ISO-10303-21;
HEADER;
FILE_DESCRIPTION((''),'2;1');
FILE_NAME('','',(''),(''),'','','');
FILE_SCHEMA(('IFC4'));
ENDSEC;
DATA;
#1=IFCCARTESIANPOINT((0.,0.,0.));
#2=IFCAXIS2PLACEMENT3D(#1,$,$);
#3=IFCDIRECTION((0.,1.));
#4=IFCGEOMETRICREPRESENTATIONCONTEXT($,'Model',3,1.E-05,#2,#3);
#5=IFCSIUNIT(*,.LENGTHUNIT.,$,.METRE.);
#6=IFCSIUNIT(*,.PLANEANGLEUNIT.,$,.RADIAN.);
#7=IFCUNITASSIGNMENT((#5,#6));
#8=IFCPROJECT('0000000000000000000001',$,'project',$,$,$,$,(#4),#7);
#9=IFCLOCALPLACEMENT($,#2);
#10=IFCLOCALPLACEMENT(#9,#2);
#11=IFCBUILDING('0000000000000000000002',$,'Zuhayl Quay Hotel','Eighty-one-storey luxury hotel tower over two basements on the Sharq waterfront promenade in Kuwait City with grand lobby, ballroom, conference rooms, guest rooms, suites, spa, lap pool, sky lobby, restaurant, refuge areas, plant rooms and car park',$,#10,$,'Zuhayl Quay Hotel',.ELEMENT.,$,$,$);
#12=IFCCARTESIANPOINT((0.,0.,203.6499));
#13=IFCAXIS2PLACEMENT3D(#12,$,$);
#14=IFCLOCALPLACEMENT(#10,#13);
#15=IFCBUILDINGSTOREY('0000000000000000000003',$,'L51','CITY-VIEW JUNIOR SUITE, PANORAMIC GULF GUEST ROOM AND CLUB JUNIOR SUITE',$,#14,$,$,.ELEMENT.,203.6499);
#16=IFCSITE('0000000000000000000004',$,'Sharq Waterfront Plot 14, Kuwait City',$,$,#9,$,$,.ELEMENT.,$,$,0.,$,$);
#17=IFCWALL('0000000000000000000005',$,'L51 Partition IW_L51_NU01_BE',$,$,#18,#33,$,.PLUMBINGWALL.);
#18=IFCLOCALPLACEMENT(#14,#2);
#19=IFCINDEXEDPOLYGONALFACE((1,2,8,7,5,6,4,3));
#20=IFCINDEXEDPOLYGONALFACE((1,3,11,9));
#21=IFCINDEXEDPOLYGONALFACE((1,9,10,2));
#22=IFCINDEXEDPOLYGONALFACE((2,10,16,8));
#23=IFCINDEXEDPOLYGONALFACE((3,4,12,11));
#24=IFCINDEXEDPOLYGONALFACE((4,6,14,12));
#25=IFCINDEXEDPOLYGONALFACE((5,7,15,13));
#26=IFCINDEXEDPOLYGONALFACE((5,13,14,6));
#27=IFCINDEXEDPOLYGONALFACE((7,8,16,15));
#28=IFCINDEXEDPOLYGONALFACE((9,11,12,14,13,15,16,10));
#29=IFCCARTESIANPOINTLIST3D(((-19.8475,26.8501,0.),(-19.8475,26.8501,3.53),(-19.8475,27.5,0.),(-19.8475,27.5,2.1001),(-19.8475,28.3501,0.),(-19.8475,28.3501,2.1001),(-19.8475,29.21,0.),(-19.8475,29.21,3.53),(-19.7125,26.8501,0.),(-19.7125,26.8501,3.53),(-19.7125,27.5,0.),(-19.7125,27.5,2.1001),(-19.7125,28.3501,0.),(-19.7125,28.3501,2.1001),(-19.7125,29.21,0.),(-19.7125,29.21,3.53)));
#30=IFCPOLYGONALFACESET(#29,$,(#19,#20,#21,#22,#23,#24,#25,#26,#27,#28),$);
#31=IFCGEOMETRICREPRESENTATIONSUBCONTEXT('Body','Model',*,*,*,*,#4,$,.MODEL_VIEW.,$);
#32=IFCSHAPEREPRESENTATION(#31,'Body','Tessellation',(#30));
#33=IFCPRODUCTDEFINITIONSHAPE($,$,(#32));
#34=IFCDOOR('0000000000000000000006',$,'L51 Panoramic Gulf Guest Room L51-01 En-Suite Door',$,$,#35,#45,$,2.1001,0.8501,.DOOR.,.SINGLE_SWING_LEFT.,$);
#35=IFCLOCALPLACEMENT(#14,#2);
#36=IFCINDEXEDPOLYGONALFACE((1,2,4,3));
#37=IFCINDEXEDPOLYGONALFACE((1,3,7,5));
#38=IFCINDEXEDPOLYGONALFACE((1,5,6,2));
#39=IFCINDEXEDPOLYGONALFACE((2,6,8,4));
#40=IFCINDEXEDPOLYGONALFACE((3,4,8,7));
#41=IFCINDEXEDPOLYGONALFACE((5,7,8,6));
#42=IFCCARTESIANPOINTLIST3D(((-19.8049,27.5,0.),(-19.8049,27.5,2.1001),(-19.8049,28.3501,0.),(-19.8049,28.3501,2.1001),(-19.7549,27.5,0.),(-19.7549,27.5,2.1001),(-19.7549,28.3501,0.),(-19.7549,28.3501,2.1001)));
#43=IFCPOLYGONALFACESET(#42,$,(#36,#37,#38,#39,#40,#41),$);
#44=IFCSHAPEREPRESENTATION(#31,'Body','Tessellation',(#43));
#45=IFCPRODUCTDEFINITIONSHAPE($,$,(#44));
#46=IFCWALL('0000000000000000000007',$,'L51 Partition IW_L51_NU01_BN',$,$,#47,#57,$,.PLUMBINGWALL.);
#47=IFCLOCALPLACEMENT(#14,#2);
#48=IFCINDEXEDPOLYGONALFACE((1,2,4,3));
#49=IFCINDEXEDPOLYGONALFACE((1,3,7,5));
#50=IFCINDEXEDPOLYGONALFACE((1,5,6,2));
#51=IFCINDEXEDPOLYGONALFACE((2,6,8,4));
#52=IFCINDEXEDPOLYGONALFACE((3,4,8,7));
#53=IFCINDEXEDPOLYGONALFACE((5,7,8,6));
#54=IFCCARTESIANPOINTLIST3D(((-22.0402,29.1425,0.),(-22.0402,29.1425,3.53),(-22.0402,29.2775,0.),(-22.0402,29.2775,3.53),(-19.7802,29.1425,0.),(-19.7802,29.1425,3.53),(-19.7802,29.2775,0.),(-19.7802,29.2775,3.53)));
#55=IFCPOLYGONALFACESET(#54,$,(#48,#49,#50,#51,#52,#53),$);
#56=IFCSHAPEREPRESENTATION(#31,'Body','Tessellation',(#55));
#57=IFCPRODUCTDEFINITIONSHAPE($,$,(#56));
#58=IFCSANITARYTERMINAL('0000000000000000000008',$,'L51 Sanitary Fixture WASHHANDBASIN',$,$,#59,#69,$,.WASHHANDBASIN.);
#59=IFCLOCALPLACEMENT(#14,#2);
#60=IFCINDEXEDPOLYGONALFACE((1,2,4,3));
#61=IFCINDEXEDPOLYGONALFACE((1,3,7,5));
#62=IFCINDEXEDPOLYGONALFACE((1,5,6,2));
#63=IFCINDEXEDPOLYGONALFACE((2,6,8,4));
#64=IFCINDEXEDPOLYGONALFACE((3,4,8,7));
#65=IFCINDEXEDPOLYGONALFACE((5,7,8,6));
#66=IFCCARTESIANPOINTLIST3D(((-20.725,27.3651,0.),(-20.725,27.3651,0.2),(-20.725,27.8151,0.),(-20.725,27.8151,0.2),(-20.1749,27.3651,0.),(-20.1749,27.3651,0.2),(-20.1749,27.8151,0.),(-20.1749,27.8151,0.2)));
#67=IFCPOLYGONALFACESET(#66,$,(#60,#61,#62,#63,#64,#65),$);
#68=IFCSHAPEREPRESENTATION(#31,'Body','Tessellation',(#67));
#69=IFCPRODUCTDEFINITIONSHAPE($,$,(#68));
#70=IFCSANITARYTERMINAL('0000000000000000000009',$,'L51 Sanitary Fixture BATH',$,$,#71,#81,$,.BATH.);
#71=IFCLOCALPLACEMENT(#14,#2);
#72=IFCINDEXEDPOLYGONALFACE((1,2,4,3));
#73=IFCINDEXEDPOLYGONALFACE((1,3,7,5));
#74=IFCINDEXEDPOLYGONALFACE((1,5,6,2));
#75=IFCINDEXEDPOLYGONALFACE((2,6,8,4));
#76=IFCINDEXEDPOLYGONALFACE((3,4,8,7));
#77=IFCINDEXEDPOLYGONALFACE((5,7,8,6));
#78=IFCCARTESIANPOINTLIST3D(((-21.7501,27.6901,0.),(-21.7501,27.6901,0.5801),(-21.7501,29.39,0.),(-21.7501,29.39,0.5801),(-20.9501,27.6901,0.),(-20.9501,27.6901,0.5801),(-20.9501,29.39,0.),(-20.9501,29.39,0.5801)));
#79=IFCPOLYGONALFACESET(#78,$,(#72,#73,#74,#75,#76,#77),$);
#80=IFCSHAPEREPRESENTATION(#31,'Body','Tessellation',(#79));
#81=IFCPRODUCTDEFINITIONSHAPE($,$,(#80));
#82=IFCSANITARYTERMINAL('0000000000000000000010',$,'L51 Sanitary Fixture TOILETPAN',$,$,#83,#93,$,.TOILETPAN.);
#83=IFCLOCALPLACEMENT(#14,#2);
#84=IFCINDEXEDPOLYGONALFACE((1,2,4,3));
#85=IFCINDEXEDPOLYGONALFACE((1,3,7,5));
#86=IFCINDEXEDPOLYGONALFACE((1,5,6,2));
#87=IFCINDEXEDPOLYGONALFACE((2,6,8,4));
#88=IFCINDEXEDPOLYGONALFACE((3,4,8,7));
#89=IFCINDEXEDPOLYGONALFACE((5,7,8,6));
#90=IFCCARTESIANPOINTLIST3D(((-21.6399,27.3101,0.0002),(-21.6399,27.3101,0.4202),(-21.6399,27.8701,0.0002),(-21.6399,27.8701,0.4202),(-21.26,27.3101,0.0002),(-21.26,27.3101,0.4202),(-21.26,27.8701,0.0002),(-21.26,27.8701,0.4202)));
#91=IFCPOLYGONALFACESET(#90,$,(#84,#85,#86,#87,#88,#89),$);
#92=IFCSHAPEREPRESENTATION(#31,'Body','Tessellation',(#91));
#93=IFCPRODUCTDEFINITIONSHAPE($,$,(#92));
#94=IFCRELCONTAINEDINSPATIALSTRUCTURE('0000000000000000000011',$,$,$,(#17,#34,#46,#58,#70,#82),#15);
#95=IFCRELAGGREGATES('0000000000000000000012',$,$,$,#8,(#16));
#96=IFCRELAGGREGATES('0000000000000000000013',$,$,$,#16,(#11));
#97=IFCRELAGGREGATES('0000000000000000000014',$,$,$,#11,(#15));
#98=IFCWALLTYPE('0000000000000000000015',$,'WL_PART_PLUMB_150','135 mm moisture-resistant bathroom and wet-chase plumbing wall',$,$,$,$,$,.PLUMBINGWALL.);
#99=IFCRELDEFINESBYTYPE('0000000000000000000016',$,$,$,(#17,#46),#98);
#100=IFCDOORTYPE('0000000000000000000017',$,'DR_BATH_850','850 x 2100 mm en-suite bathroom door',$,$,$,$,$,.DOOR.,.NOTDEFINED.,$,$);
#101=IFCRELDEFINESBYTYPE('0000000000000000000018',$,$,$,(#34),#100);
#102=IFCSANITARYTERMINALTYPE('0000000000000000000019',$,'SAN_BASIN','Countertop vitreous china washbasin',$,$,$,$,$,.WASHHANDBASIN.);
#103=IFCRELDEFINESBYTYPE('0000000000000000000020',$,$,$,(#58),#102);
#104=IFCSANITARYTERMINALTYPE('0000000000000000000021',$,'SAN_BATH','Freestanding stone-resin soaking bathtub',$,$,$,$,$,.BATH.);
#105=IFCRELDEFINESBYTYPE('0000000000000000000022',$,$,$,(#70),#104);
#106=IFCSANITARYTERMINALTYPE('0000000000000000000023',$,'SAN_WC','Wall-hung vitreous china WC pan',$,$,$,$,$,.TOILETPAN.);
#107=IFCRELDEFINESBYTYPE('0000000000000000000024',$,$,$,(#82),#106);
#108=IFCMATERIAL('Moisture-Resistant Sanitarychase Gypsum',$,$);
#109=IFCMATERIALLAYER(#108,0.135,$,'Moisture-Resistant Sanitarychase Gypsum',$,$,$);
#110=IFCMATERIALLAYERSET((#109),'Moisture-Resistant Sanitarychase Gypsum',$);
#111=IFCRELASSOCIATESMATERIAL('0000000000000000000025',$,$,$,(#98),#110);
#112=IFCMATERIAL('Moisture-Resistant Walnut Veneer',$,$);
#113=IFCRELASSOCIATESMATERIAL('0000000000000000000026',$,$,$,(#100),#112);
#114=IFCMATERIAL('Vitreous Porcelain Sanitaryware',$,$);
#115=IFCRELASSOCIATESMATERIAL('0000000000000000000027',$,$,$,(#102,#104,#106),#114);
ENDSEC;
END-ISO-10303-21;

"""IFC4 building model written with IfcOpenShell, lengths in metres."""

from ifc_helpers import new_model, si_unit, direction, frame, frame_2d, origin, origin_2d, place, context, subcontext, project, spatial, rectangle, extrude, material, layer, layer_set, type_object, element, fill, save


model = new_model("IFC4")

# Units and contexts
model_context = context("Model", 3, precision=1e-05, world=origin(), true_north=direction((0.0, 1.0)))
body_context = subcontext(model_context, "Body", "Model", "MODEL_VIEW")
ifc_project = project(units=[si_unit("LENGTHUNIT", "METRE"), si_unit("PLANEANGLEUNIT", "RADIAN")], contexts=[model_context])

# Site, building, storey
site_placement = place(None, origin())
site = spatial("IfcSite", under=ifc_project, at=site_placement, Name="Sharq Waterfront Plot 14, Kuwait City", CompositionType="ELEMENT", RefElevation=0.0)
building_placement = place(site_placement, origin())
building = spatial("IfcBuilding", under=site, at=building_placement, Name="Zuhayl Quay Hotel", Description="Eighty-one-storey luxury hotel tower over two basements on the Sharq waterfront promenade in Kuwait City with grand lobby, ballroom, conference rooms, guest rooms, suites, spa, lap pool, sky lobby, restaurant, refuge areas, plant rooms and car park", LongName="Zuhayl Quay Hotel", CompositionType="ELEMENT")
storey_placement = place(building_placement, frame((0.0, 0.0, 203.6499)))
storey = spatial("IfcBuildingStorey", under=building, at=storey_placement, Name="L51", Description="CITY-VIEW JUNIOR SUITE, PANORAMIC GULF GUEST ROOM AND CLUB JUNIOR SUITE", CompositionType="ELEMENT", Elevation=203.6499)

# Wall, opening, door
ifc_material_1 = material(Name="Moisture-Resistant Sanitarychase Gypsum")
ifc_layer_1 = layer(ifc_material_1, 0.135, Name="Moisture-Resistant Sanitarychase Gypsum")
ifc_layer_set_1 = layer_set([ifc_layer_1], Name="Moisture-Resistant Sanitarychase Gypsum")
wall_type_1 = type_object("IfcWallType", Name="WL_PART_PLUMB_150", Description="135 mm moisture-resistant bathroom and wet-chase plumbing wall", PredefinedType="PLUMBINGWALL", material=ifc_layer_set_1)
wall_1_placement = place(storey_placement, frame((-19.78, 26.8501, 0.0), z_axis=(0.0, 0.0, 1.0), x_axis=(0.0, 1.0, 0.0)))
wall_1 = element("IfcWall", 1, at=wall_1_placement, inside=storey, type_object=wall_type_1, Name="L51 Partition IW_L51_NU01_BE", PredefinedType="PLUMBINGWALL", context=body_context, shape_type="SweptSolid", body=[
    extrude(rectangle(XDim=2.3599, YDim=0.135, at=frame_2d((1.1799, 0.0))), origin(), (0.0, 0.0, 1.0), 3.53),
])
opening_1_placement = place(wall_1_placement, frame((0.6499, 0.0, 0.0)))
opening_1 = element("IfcOpeningElement", 2, at=opening_1_placement, cuts=wall_1, PredefinedType="OPENING", context=body_context, shape_type="SweptSolid", body=[
    extrude(rectangle(XDim=0.8501, YDim=2.1001, at=frame_2d((0.425, 1.05))), frame((0.0, 0.0774, 0.0), z_axis=(0.0, -1.0, 0.0), x_axis=(1.0, 0.0, 0.0)), (0.0, 0.0, 1.0), 0.155),
])
ifc_material_2 = material(Name="Moisture-Resistant Walnut Veneer")
door_type_1 = type_object("IfcDoorType", Name="DR_BATH_850", Description="850 x 2100 mm en-suite bathroom door", OperationType="NOTDEFINED", PredefinedType="DOOR", material=ifc_material_2)
door_1_placement = place(opening_1_placement, origin())
door_1 = element("IfcDoor", 3, at=door_1_placement, inside=storey, type_object=door_type_1, Name="L51 Panoramic Gulf Guest Room L51-01 En-Suite Door", OperationType="SINGLE_SWING_LEFT", OverallHeight=2.1001, OverallWidth=0.8501, PredefinedType="DOOR", context=body_context, shape_type="SweptSolid", body=[
    extrude(rectangle(XDim=0.8501, YDim=2.1001, at=frame_2d((0.425, 1.05))), frame((0.0, 0.0249, 0.0), z_axis=(0.0, -1.0, 0.0), x_axis=(1.0, 0.0, 0.0)), (0.0, 0.0, 1.0), 0.05),
])
fill(opening_1, door_1)

# Wall
wall_2_placement = place(storey_placement, frame((-22.04, 29.21, 0.0), z_axis=(0.0, 0.0, 1.0), x_axis=(1.0, 0.0, 0.0)))
element("IfcWall", 4, at=wall_2_placement, inside=storey, type_object=wall_type_1, Name="L51 Partition IW_L51_NU01_BN", PredefinedType="PLUMBINGWALL", context=body_context, shape_type="SweptSolid", body=[
    extrude(rectangle(XDim=2.26, YDim=0.135, at=frame_2d((1.1299, 0.0))), origin(), (0.0, 0.0, 1.0), 3.53),
])

# Sanitary terminals
ifc_material_3 = material(Name="Vitreous Porcelain Sanitaryware")
sanitary_terminal_type_1 = type_object("IfcSanitaryTerminalType", Name="SAN_BASIN", Description="Countertop vitreous china washbasin", PredefinedType="WASHHANDBASIN", material=ifc_material_3)
sanitary_terminal_1_placement = place(storey_placement, frame((-20.45, 27.5901, 0.0), z_axis=(0.0, 0.0, 1.0), x_axis=(1.0, 0.0, 0.0)))
element("IfcSanitaryTerminal", 5, at=sanitary_terminal_1_placement, inside=storey, type_object=sanitary_terminal_type_1, Name="L51 Sanitary Fixture WASHHANDBASIN", PredefinedType="WASHHANDBASIN", context=body_context, shape_type="SweptSolid", body=[
    extrude(rectangle(XDim=0.55, YDim=0.45, at=origin_2d()), origin(), (0.0, 0.0, 1.0), 0.2),
])
sanitary_terminal_type_2 = type_object("IfcSanitaryTerminalType", Name="SAN_BATH", Description="Freestanding stone-resin soaking bathtub", PredefinedType="BATH", material=ifc_material_3)
sanitary_terminal_2_placement = place(storey_placement, frame((-21.3501, 28.54, 0.0), z_axis=(0.0, 0.0, 1.0), x_axis=(1.0, 0.0, 0.0)))
element("IfcSanitaryTerminal", 6, at=sanitary_terminal_2_placement, inside=storey, type_object=sanitary_terminal_type_2, Name="L51 Sanitary Fixture BATH", PredefinedType="BATH", context=body_context, shape_type="SweptSolid", body=[
    extrude(rectangle(XDim=0.8, YDim=1.7, at=origin_2d()), origin(), (0.0, 0.0, 1.0), 0.5801),
])
sanitary_terminal_type_3 = type_object("IfcSanitaryTerminalType", Name="SAN_WC", Description="Wall-hung vitreous china WC pan", PredefinedType="TOILETPAN", material=ifc_material_3)
sanitary_terminal_3_placement = place(storey_placement, frame((-21.45, 27.5901, 0.0002), z_axis=(0.0, 0.0, 1.0), x_axis=(1.0, 0.0, 0.0)))
element("IfcSanitaryTerminal", 7, at=sanitary_terminal_3_placement, inside=storey, type_object=sanitary_terminal_type_3, Name="L51 Sanitary Fixture TOILETPAN", PredefinedType="TOILETPAN", context=body_context, shape_type="SweptSolid", body=[
    extrude(rectangle(XDim=0.3799, YDim=0.5601, at=origin_2d()), origin(), (0.0, 0.0, 1.0), 0.4199),
])

save(model, "model.ifc")
